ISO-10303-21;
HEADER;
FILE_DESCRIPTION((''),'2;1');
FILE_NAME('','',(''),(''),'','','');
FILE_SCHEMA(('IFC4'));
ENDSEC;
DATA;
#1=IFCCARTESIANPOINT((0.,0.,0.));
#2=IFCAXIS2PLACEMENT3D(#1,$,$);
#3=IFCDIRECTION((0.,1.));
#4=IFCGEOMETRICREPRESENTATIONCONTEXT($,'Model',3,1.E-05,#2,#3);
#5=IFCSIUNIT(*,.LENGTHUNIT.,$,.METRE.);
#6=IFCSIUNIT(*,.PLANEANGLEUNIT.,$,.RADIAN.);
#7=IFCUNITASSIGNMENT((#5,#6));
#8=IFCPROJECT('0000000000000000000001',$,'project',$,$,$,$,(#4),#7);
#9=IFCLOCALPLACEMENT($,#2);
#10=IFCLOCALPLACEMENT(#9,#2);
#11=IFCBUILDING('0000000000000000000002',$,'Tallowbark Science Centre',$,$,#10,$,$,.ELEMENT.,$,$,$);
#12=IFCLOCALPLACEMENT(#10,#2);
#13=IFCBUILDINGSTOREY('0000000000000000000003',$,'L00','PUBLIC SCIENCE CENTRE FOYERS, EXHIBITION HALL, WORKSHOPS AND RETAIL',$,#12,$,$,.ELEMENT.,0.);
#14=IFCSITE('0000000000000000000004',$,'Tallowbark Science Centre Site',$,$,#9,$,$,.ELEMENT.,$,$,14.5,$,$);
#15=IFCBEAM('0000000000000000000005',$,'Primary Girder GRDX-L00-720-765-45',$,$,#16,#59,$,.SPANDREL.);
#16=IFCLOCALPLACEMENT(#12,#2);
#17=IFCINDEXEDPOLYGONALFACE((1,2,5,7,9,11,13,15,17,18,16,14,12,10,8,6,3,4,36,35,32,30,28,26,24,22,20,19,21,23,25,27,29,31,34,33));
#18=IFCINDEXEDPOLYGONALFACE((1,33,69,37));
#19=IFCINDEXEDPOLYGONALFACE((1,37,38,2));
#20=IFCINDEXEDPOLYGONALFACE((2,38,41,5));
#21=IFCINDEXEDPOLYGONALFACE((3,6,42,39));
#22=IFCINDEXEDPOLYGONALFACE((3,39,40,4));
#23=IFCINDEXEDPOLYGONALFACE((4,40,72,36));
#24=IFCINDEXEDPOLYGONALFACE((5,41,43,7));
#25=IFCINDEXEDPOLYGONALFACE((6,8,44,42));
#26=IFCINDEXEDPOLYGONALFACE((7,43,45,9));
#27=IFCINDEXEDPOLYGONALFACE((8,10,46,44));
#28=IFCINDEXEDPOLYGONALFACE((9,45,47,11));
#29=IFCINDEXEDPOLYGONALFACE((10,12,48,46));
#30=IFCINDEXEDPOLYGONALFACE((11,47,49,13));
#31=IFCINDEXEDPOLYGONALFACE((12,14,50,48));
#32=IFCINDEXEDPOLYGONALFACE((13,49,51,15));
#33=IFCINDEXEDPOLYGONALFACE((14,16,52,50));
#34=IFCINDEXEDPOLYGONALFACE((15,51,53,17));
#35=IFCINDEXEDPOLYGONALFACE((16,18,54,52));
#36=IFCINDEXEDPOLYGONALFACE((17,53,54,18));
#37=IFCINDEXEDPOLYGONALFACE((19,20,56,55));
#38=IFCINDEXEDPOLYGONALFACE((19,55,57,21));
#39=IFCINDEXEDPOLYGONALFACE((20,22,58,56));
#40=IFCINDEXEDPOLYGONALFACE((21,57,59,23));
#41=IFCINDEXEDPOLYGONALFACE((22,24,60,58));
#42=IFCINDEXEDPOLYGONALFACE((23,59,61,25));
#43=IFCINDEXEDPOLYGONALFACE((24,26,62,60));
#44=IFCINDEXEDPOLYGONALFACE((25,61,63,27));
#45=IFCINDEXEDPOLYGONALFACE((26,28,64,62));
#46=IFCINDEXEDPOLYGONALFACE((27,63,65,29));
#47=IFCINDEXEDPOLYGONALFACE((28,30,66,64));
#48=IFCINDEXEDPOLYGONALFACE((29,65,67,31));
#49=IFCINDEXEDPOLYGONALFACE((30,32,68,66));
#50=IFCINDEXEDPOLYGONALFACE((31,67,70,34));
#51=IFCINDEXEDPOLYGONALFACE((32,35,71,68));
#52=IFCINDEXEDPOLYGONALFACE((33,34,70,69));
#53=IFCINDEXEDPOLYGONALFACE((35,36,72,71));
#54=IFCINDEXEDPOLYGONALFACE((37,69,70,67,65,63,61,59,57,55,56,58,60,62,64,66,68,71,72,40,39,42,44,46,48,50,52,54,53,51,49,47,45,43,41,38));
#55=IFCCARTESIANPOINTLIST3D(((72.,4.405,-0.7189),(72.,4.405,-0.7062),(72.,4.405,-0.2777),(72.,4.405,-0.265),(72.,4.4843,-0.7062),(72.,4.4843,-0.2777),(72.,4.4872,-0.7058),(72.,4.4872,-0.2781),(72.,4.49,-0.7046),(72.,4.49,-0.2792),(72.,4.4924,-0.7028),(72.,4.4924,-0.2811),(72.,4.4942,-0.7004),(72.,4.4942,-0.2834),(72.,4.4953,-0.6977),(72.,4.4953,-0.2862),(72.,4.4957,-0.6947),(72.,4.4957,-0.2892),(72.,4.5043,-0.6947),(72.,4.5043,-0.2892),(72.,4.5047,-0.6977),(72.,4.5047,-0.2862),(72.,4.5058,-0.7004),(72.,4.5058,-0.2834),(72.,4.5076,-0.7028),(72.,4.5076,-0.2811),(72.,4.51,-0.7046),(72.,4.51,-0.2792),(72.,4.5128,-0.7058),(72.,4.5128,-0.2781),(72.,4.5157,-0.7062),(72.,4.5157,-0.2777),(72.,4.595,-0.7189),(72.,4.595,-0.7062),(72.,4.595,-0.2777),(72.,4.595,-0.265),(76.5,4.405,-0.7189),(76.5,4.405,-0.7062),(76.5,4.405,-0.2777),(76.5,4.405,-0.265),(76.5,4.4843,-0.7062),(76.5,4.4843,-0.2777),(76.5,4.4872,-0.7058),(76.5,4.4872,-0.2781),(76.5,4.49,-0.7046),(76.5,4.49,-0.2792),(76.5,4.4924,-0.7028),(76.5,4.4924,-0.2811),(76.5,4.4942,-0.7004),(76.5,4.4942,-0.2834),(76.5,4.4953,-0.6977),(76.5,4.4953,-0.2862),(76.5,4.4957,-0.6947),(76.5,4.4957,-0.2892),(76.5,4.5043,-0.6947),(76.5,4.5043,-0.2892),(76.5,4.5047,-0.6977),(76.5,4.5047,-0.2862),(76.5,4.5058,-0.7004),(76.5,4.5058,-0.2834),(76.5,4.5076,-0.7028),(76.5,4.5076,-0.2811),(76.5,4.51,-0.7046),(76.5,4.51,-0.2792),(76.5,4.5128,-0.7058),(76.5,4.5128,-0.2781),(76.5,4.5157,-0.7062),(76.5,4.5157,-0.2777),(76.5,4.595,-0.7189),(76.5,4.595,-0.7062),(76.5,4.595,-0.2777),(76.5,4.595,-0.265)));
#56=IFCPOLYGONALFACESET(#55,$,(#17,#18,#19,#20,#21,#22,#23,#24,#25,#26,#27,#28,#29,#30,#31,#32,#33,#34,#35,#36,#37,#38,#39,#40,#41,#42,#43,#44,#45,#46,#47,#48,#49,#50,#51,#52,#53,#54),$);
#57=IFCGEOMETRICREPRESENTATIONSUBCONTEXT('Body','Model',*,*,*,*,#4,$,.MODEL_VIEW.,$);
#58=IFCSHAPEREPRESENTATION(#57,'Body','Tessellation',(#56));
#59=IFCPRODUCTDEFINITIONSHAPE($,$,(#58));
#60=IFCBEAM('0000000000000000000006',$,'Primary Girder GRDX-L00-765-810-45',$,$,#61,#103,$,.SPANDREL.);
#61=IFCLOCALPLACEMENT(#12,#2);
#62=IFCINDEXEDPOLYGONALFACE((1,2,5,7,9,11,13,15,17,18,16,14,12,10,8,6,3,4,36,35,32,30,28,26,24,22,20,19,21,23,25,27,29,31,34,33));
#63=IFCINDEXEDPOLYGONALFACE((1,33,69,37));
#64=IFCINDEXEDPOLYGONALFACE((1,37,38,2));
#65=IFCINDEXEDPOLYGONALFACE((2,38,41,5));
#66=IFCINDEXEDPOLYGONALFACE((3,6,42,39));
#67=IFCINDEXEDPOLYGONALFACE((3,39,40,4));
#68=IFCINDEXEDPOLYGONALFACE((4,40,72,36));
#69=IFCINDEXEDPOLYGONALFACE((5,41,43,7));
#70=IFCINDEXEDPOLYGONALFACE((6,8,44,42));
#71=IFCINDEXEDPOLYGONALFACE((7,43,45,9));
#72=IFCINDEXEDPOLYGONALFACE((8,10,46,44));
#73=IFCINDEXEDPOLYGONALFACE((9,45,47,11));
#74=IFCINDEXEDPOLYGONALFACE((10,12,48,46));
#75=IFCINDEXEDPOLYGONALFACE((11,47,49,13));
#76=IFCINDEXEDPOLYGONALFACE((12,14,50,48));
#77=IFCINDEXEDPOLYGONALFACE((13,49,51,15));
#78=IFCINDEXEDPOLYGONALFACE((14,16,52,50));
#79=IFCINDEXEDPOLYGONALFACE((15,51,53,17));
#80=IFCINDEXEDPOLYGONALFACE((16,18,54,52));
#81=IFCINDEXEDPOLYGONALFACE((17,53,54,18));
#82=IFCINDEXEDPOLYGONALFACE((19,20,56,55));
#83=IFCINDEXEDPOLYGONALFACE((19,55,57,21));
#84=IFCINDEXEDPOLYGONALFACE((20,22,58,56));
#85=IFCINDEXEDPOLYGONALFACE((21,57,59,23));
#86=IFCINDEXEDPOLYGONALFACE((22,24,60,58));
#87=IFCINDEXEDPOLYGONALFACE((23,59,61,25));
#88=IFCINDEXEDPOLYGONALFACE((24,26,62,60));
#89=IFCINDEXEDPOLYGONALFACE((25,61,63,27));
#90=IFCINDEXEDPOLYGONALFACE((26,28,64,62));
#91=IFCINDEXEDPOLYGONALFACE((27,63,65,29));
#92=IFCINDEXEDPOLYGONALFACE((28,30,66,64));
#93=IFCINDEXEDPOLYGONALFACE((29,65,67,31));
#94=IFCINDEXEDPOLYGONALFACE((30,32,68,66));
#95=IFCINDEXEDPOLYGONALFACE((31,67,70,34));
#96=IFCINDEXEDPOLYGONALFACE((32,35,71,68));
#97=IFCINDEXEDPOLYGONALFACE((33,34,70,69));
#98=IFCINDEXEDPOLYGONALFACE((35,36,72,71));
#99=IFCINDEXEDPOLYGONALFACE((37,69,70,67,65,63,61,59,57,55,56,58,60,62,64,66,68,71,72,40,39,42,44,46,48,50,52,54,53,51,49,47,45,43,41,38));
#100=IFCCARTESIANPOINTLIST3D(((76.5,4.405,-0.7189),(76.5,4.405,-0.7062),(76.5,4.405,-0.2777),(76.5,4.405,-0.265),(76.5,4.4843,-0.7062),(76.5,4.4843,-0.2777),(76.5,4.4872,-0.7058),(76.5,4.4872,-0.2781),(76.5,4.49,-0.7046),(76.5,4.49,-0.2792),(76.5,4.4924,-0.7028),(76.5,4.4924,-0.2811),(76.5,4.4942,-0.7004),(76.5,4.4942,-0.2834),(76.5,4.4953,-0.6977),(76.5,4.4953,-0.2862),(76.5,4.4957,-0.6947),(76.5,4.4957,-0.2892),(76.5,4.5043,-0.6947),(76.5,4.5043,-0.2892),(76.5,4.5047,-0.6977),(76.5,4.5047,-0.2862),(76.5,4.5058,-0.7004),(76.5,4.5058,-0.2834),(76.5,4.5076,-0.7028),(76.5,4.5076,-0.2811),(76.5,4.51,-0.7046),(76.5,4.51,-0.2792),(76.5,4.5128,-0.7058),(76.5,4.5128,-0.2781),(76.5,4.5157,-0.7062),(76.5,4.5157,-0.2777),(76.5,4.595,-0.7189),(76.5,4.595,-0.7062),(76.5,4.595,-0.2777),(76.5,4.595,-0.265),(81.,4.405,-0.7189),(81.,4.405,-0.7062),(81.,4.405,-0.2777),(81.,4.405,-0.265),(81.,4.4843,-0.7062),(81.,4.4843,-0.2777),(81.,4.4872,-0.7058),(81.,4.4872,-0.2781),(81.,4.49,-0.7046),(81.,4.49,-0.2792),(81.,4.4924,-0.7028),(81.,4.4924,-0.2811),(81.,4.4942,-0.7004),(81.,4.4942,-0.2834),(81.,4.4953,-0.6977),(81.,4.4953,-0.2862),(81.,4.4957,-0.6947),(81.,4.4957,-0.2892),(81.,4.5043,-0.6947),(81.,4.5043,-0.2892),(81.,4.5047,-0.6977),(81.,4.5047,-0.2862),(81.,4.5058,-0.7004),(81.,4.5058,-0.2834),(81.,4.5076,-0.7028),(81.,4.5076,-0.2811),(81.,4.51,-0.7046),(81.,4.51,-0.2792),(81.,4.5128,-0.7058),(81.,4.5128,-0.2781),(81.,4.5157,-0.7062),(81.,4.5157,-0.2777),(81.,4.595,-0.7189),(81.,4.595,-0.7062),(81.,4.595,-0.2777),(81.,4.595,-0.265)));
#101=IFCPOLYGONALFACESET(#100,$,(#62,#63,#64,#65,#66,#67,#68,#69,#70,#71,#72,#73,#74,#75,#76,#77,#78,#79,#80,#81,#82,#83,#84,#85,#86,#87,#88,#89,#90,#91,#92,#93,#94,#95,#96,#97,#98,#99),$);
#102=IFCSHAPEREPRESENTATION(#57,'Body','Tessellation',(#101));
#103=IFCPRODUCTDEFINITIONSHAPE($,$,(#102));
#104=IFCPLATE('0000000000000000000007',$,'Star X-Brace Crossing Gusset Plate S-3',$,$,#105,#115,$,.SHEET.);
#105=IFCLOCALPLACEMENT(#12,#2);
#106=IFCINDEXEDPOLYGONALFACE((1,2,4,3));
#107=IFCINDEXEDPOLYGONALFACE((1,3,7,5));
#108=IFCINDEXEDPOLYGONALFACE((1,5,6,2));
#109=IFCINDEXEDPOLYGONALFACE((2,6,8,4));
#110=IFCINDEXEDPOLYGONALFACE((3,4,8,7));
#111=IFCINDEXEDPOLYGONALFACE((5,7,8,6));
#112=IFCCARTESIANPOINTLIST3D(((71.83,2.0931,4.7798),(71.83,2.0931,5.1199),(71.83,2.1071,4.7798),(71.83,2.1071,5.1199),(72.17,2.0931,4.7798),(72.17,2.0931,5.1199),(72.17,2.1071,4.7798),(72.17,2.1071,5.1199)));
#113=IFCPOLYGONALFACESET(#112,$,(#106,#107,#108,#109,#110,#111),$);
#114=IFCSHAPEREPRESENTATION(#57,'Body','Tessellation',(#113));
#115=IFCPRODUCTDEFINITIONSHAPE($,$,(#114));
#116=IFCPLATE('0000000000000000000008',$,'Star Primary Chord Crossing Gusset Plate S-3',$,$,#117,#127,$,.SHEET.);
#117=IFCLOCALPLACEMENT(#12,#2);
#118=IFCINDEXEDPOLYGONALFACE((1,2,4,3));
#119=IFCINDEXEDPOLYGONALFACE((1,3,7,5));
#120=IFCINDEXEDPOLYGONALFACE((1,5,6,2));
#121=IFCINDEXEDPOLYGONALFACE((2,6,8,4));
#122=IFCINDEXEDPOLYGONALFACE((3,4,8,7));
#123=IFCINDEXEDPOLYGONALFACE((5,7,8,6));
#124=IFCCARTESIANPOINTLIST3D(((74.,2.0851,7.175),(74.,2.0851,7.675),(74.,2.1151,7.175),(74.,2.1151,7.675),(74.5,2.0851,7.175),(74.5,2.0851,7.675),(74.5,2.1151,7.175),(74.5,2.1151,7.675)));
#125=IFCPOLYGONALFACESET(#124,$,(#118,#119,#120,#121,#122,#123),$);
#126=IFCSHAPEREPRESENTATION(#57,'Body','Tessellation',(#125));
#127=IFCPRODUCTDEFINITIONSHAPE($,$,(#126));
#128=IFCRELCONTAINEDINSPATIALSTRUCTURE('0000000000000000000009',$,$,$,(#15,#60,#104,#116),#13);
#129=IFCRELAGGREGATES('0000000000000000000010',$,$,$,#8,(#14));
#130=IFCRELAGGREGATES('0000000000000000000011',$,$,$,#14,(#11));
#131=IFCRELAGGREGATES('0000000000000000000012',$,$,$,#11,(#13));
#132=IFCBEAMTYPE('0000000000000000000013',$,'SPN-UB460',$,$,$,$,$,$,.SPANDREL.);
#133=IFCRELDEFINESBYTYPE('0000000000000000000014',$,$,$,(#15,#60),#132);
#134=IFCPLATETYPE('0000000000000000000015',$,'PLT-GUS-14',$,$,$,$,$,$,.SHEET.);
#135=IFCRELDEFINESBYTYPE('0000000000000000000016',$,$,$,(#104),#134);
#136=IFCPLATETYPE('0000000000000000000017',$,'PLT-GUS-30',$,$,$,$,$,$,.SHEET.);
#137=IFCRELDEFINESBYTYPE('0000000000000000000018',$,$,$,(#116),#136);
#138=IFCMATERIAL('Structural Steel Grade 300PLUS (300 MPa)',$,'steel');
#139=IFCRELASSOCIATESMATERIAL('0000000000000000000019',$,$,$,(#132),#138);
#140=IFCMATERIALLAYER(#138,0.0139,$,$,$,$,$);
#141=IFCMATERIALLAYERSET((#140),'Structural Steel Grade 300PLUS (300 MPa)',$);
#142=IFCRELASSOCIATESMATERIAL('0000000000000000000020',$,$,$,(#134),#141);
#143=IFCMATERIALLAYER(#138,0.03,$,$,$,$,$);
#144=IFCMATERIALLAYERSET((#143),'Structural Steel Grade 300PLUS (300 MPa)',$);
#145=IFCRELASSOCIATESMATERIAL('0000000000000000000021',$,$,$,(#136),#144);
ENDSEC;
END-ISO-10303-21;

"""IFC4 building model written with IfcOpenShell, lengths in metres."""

from ifc_helpers import new_model, si_unit, direction, frame, origin, origin_2d, place, context, subcontext, project, spatial, rectangle, i_section, extrude, material, layer, layer_set, material_profile, profile_set, type_object, element, save


model = new_model("IFC4")

# Units and contexts
model_context = context("Model", 3, precision=1e-05, world=origin(), true_north=direction((0.0, 1.0)))
body_context = subcontext(model_context, "Body", "Model", "MODEL_VIEW")
ifc_project = project(units=[si_unit("LENGTHUNIT", "METRE"), si_unit("PLANEANGLEUNIT", "RADIAN")], contexts=[model_context])

# Site, building, storey
site_placement = place(None, origin())
site = spatial("IfcSite", under=ifc_project, at=site_placement, Name="Tallowbark Science Centre Site", CompositionType="ELEMENT", RefElevation=14.5)
building_placement = place(site_placement, origin())
building = spatial("IfcBuilding", under=site, at=building_placement, Name="Tallowbark Science Centre", CompositionType="ELEMENT")
storey_placement = place(building_placement, origin())
storey = spatial("IfcBuildingStorey", under=building, at=storey_placement, Name="L00", Description="PUBLIC SCIENCE CENTRE FOYERS, EXHIBITION HALL, WORKSHOPS AND RETAIL", CompositionType="ELEMENT", Elevation=0.0)

# Shared definitions
ifc_material_1 = material(Name="Structural Steel Grade 300PLUS (300 MPa)", Category="steel")

# Beams
ifc_material_profile_1 = material_profile(ifc_material_1, i_section(OverallWidth=0.1899, OverallDepth=0.4539, WebThickness=0.0085, FlangeThickness=0.0127, FilletRadius=0.0115, at=origin_2d()), Name="460UB67.1")
ifc_profile_set_1 = profile_set([ifc_material_profile_1], Name="Structural Steel Grade 300PLUS (300 MPa)")
beam_type_1 = type_object("IfcBeamType", Name="SPN-UB460", PredefinedType="SPANDREL", material=ifc_profile_set_1)
for number, where, z_axis, x_axis, name in (
    (1, (72.0, 4.5, -0.4919), (1.0, 0.0, 0.0), (0.0, 1.0, 0.0), "Primary Girder GRDX-L00-720-765-45"),
    (2, (76.5, 4.5, -0.4919), (1.0, 0.0, 0.0), (0.0, 1.0, 0.0), "Primary Girder GRDX-L00-765-810-45"),
):
    element("IfcBeam", number, at=place(storey_placement, frame(where, z_axis=z_axis, x_axis=x_axis)), inside=storey, type_object=beam_type_1, Name=name, PredefinedType="SPANDREL", context=body_context, shape_type="SweptSolid", body=[
        extrude(i_section(OverallWidth=0.1899, OverallDepth=0.4539, WebThickness=0.0085, FlangeThickness=0.0127, FilletRadius=0.0115, at=origin_2d()), origin(), (0.0, 0.0, 1.0), 4.5),
    ])

# Plates
ifc_layer_1 = layer(ifc_material_1, 0.0139)
ifc_layer_set_1 = layer_set([ifc_layer_1], Name="Structural Steel Grade 300PLUS (300 MPa)")
plate_type_1 = type_object("IfcPlateType", Name="PLT-GUS-14", PredefinedType="SHEET", material=ifc_layer_set_1)
plate_1_placement = place(storey_placement, frame((72.0, 2.1001, 4.7798), z_axis=(0.0, 0.0, 1.0), x_axis=(1.0, 0.0, 0.0)))
element("IfcPlate", 3, at=plate_1_placement, inside=storey, type_object=plate_type_1, Name="Star X-Brace Crossing Gusset Plate S-3", PredefinedType="SHEET", context=body_context, shape_type="SweptSolid", body=[
    extrude(rectangle(XDim=0.3401, YDim=0.0139, at=origin_2d()), origin(), (0.0, 0.0, 1.0), 0.3401),
])
ifc_layer_2 = layer(ifc_material_1, 0.03)
ifc_layer_set_2 = layer_set([ifc_layer_2], Name="Structural Steel Grade 300PLUS (300 MPa)")
plate_type_2 = type_object("IfcPlateType", Name="PLT-GUS-30", PredefinedType="SHEET", material=ifc_layer_set_2)
plate_2_placement = place(storey_placement, frame((74.25, 2.1001, 7.175), z_axis=(0.0, 0.0, 1.0), x_axis=(1.0, 0.0, 0.0)))
element("IfcPlate", 4, at=plate_2_placement, inside=storey, type_object=plate_type_2, Name="Star Primary Chord Crossing Gusset Plate S-3", PredefinedType="SHEET", context=body_context, shape_type="SweptSolid", body=[
    extrude(rectangle(XDim=0.5, YDim=0.03, at=origin_2d()), origin(), (0.0, 0.0, 1.0), 0.5),
])

save(model, "model.ifc")
